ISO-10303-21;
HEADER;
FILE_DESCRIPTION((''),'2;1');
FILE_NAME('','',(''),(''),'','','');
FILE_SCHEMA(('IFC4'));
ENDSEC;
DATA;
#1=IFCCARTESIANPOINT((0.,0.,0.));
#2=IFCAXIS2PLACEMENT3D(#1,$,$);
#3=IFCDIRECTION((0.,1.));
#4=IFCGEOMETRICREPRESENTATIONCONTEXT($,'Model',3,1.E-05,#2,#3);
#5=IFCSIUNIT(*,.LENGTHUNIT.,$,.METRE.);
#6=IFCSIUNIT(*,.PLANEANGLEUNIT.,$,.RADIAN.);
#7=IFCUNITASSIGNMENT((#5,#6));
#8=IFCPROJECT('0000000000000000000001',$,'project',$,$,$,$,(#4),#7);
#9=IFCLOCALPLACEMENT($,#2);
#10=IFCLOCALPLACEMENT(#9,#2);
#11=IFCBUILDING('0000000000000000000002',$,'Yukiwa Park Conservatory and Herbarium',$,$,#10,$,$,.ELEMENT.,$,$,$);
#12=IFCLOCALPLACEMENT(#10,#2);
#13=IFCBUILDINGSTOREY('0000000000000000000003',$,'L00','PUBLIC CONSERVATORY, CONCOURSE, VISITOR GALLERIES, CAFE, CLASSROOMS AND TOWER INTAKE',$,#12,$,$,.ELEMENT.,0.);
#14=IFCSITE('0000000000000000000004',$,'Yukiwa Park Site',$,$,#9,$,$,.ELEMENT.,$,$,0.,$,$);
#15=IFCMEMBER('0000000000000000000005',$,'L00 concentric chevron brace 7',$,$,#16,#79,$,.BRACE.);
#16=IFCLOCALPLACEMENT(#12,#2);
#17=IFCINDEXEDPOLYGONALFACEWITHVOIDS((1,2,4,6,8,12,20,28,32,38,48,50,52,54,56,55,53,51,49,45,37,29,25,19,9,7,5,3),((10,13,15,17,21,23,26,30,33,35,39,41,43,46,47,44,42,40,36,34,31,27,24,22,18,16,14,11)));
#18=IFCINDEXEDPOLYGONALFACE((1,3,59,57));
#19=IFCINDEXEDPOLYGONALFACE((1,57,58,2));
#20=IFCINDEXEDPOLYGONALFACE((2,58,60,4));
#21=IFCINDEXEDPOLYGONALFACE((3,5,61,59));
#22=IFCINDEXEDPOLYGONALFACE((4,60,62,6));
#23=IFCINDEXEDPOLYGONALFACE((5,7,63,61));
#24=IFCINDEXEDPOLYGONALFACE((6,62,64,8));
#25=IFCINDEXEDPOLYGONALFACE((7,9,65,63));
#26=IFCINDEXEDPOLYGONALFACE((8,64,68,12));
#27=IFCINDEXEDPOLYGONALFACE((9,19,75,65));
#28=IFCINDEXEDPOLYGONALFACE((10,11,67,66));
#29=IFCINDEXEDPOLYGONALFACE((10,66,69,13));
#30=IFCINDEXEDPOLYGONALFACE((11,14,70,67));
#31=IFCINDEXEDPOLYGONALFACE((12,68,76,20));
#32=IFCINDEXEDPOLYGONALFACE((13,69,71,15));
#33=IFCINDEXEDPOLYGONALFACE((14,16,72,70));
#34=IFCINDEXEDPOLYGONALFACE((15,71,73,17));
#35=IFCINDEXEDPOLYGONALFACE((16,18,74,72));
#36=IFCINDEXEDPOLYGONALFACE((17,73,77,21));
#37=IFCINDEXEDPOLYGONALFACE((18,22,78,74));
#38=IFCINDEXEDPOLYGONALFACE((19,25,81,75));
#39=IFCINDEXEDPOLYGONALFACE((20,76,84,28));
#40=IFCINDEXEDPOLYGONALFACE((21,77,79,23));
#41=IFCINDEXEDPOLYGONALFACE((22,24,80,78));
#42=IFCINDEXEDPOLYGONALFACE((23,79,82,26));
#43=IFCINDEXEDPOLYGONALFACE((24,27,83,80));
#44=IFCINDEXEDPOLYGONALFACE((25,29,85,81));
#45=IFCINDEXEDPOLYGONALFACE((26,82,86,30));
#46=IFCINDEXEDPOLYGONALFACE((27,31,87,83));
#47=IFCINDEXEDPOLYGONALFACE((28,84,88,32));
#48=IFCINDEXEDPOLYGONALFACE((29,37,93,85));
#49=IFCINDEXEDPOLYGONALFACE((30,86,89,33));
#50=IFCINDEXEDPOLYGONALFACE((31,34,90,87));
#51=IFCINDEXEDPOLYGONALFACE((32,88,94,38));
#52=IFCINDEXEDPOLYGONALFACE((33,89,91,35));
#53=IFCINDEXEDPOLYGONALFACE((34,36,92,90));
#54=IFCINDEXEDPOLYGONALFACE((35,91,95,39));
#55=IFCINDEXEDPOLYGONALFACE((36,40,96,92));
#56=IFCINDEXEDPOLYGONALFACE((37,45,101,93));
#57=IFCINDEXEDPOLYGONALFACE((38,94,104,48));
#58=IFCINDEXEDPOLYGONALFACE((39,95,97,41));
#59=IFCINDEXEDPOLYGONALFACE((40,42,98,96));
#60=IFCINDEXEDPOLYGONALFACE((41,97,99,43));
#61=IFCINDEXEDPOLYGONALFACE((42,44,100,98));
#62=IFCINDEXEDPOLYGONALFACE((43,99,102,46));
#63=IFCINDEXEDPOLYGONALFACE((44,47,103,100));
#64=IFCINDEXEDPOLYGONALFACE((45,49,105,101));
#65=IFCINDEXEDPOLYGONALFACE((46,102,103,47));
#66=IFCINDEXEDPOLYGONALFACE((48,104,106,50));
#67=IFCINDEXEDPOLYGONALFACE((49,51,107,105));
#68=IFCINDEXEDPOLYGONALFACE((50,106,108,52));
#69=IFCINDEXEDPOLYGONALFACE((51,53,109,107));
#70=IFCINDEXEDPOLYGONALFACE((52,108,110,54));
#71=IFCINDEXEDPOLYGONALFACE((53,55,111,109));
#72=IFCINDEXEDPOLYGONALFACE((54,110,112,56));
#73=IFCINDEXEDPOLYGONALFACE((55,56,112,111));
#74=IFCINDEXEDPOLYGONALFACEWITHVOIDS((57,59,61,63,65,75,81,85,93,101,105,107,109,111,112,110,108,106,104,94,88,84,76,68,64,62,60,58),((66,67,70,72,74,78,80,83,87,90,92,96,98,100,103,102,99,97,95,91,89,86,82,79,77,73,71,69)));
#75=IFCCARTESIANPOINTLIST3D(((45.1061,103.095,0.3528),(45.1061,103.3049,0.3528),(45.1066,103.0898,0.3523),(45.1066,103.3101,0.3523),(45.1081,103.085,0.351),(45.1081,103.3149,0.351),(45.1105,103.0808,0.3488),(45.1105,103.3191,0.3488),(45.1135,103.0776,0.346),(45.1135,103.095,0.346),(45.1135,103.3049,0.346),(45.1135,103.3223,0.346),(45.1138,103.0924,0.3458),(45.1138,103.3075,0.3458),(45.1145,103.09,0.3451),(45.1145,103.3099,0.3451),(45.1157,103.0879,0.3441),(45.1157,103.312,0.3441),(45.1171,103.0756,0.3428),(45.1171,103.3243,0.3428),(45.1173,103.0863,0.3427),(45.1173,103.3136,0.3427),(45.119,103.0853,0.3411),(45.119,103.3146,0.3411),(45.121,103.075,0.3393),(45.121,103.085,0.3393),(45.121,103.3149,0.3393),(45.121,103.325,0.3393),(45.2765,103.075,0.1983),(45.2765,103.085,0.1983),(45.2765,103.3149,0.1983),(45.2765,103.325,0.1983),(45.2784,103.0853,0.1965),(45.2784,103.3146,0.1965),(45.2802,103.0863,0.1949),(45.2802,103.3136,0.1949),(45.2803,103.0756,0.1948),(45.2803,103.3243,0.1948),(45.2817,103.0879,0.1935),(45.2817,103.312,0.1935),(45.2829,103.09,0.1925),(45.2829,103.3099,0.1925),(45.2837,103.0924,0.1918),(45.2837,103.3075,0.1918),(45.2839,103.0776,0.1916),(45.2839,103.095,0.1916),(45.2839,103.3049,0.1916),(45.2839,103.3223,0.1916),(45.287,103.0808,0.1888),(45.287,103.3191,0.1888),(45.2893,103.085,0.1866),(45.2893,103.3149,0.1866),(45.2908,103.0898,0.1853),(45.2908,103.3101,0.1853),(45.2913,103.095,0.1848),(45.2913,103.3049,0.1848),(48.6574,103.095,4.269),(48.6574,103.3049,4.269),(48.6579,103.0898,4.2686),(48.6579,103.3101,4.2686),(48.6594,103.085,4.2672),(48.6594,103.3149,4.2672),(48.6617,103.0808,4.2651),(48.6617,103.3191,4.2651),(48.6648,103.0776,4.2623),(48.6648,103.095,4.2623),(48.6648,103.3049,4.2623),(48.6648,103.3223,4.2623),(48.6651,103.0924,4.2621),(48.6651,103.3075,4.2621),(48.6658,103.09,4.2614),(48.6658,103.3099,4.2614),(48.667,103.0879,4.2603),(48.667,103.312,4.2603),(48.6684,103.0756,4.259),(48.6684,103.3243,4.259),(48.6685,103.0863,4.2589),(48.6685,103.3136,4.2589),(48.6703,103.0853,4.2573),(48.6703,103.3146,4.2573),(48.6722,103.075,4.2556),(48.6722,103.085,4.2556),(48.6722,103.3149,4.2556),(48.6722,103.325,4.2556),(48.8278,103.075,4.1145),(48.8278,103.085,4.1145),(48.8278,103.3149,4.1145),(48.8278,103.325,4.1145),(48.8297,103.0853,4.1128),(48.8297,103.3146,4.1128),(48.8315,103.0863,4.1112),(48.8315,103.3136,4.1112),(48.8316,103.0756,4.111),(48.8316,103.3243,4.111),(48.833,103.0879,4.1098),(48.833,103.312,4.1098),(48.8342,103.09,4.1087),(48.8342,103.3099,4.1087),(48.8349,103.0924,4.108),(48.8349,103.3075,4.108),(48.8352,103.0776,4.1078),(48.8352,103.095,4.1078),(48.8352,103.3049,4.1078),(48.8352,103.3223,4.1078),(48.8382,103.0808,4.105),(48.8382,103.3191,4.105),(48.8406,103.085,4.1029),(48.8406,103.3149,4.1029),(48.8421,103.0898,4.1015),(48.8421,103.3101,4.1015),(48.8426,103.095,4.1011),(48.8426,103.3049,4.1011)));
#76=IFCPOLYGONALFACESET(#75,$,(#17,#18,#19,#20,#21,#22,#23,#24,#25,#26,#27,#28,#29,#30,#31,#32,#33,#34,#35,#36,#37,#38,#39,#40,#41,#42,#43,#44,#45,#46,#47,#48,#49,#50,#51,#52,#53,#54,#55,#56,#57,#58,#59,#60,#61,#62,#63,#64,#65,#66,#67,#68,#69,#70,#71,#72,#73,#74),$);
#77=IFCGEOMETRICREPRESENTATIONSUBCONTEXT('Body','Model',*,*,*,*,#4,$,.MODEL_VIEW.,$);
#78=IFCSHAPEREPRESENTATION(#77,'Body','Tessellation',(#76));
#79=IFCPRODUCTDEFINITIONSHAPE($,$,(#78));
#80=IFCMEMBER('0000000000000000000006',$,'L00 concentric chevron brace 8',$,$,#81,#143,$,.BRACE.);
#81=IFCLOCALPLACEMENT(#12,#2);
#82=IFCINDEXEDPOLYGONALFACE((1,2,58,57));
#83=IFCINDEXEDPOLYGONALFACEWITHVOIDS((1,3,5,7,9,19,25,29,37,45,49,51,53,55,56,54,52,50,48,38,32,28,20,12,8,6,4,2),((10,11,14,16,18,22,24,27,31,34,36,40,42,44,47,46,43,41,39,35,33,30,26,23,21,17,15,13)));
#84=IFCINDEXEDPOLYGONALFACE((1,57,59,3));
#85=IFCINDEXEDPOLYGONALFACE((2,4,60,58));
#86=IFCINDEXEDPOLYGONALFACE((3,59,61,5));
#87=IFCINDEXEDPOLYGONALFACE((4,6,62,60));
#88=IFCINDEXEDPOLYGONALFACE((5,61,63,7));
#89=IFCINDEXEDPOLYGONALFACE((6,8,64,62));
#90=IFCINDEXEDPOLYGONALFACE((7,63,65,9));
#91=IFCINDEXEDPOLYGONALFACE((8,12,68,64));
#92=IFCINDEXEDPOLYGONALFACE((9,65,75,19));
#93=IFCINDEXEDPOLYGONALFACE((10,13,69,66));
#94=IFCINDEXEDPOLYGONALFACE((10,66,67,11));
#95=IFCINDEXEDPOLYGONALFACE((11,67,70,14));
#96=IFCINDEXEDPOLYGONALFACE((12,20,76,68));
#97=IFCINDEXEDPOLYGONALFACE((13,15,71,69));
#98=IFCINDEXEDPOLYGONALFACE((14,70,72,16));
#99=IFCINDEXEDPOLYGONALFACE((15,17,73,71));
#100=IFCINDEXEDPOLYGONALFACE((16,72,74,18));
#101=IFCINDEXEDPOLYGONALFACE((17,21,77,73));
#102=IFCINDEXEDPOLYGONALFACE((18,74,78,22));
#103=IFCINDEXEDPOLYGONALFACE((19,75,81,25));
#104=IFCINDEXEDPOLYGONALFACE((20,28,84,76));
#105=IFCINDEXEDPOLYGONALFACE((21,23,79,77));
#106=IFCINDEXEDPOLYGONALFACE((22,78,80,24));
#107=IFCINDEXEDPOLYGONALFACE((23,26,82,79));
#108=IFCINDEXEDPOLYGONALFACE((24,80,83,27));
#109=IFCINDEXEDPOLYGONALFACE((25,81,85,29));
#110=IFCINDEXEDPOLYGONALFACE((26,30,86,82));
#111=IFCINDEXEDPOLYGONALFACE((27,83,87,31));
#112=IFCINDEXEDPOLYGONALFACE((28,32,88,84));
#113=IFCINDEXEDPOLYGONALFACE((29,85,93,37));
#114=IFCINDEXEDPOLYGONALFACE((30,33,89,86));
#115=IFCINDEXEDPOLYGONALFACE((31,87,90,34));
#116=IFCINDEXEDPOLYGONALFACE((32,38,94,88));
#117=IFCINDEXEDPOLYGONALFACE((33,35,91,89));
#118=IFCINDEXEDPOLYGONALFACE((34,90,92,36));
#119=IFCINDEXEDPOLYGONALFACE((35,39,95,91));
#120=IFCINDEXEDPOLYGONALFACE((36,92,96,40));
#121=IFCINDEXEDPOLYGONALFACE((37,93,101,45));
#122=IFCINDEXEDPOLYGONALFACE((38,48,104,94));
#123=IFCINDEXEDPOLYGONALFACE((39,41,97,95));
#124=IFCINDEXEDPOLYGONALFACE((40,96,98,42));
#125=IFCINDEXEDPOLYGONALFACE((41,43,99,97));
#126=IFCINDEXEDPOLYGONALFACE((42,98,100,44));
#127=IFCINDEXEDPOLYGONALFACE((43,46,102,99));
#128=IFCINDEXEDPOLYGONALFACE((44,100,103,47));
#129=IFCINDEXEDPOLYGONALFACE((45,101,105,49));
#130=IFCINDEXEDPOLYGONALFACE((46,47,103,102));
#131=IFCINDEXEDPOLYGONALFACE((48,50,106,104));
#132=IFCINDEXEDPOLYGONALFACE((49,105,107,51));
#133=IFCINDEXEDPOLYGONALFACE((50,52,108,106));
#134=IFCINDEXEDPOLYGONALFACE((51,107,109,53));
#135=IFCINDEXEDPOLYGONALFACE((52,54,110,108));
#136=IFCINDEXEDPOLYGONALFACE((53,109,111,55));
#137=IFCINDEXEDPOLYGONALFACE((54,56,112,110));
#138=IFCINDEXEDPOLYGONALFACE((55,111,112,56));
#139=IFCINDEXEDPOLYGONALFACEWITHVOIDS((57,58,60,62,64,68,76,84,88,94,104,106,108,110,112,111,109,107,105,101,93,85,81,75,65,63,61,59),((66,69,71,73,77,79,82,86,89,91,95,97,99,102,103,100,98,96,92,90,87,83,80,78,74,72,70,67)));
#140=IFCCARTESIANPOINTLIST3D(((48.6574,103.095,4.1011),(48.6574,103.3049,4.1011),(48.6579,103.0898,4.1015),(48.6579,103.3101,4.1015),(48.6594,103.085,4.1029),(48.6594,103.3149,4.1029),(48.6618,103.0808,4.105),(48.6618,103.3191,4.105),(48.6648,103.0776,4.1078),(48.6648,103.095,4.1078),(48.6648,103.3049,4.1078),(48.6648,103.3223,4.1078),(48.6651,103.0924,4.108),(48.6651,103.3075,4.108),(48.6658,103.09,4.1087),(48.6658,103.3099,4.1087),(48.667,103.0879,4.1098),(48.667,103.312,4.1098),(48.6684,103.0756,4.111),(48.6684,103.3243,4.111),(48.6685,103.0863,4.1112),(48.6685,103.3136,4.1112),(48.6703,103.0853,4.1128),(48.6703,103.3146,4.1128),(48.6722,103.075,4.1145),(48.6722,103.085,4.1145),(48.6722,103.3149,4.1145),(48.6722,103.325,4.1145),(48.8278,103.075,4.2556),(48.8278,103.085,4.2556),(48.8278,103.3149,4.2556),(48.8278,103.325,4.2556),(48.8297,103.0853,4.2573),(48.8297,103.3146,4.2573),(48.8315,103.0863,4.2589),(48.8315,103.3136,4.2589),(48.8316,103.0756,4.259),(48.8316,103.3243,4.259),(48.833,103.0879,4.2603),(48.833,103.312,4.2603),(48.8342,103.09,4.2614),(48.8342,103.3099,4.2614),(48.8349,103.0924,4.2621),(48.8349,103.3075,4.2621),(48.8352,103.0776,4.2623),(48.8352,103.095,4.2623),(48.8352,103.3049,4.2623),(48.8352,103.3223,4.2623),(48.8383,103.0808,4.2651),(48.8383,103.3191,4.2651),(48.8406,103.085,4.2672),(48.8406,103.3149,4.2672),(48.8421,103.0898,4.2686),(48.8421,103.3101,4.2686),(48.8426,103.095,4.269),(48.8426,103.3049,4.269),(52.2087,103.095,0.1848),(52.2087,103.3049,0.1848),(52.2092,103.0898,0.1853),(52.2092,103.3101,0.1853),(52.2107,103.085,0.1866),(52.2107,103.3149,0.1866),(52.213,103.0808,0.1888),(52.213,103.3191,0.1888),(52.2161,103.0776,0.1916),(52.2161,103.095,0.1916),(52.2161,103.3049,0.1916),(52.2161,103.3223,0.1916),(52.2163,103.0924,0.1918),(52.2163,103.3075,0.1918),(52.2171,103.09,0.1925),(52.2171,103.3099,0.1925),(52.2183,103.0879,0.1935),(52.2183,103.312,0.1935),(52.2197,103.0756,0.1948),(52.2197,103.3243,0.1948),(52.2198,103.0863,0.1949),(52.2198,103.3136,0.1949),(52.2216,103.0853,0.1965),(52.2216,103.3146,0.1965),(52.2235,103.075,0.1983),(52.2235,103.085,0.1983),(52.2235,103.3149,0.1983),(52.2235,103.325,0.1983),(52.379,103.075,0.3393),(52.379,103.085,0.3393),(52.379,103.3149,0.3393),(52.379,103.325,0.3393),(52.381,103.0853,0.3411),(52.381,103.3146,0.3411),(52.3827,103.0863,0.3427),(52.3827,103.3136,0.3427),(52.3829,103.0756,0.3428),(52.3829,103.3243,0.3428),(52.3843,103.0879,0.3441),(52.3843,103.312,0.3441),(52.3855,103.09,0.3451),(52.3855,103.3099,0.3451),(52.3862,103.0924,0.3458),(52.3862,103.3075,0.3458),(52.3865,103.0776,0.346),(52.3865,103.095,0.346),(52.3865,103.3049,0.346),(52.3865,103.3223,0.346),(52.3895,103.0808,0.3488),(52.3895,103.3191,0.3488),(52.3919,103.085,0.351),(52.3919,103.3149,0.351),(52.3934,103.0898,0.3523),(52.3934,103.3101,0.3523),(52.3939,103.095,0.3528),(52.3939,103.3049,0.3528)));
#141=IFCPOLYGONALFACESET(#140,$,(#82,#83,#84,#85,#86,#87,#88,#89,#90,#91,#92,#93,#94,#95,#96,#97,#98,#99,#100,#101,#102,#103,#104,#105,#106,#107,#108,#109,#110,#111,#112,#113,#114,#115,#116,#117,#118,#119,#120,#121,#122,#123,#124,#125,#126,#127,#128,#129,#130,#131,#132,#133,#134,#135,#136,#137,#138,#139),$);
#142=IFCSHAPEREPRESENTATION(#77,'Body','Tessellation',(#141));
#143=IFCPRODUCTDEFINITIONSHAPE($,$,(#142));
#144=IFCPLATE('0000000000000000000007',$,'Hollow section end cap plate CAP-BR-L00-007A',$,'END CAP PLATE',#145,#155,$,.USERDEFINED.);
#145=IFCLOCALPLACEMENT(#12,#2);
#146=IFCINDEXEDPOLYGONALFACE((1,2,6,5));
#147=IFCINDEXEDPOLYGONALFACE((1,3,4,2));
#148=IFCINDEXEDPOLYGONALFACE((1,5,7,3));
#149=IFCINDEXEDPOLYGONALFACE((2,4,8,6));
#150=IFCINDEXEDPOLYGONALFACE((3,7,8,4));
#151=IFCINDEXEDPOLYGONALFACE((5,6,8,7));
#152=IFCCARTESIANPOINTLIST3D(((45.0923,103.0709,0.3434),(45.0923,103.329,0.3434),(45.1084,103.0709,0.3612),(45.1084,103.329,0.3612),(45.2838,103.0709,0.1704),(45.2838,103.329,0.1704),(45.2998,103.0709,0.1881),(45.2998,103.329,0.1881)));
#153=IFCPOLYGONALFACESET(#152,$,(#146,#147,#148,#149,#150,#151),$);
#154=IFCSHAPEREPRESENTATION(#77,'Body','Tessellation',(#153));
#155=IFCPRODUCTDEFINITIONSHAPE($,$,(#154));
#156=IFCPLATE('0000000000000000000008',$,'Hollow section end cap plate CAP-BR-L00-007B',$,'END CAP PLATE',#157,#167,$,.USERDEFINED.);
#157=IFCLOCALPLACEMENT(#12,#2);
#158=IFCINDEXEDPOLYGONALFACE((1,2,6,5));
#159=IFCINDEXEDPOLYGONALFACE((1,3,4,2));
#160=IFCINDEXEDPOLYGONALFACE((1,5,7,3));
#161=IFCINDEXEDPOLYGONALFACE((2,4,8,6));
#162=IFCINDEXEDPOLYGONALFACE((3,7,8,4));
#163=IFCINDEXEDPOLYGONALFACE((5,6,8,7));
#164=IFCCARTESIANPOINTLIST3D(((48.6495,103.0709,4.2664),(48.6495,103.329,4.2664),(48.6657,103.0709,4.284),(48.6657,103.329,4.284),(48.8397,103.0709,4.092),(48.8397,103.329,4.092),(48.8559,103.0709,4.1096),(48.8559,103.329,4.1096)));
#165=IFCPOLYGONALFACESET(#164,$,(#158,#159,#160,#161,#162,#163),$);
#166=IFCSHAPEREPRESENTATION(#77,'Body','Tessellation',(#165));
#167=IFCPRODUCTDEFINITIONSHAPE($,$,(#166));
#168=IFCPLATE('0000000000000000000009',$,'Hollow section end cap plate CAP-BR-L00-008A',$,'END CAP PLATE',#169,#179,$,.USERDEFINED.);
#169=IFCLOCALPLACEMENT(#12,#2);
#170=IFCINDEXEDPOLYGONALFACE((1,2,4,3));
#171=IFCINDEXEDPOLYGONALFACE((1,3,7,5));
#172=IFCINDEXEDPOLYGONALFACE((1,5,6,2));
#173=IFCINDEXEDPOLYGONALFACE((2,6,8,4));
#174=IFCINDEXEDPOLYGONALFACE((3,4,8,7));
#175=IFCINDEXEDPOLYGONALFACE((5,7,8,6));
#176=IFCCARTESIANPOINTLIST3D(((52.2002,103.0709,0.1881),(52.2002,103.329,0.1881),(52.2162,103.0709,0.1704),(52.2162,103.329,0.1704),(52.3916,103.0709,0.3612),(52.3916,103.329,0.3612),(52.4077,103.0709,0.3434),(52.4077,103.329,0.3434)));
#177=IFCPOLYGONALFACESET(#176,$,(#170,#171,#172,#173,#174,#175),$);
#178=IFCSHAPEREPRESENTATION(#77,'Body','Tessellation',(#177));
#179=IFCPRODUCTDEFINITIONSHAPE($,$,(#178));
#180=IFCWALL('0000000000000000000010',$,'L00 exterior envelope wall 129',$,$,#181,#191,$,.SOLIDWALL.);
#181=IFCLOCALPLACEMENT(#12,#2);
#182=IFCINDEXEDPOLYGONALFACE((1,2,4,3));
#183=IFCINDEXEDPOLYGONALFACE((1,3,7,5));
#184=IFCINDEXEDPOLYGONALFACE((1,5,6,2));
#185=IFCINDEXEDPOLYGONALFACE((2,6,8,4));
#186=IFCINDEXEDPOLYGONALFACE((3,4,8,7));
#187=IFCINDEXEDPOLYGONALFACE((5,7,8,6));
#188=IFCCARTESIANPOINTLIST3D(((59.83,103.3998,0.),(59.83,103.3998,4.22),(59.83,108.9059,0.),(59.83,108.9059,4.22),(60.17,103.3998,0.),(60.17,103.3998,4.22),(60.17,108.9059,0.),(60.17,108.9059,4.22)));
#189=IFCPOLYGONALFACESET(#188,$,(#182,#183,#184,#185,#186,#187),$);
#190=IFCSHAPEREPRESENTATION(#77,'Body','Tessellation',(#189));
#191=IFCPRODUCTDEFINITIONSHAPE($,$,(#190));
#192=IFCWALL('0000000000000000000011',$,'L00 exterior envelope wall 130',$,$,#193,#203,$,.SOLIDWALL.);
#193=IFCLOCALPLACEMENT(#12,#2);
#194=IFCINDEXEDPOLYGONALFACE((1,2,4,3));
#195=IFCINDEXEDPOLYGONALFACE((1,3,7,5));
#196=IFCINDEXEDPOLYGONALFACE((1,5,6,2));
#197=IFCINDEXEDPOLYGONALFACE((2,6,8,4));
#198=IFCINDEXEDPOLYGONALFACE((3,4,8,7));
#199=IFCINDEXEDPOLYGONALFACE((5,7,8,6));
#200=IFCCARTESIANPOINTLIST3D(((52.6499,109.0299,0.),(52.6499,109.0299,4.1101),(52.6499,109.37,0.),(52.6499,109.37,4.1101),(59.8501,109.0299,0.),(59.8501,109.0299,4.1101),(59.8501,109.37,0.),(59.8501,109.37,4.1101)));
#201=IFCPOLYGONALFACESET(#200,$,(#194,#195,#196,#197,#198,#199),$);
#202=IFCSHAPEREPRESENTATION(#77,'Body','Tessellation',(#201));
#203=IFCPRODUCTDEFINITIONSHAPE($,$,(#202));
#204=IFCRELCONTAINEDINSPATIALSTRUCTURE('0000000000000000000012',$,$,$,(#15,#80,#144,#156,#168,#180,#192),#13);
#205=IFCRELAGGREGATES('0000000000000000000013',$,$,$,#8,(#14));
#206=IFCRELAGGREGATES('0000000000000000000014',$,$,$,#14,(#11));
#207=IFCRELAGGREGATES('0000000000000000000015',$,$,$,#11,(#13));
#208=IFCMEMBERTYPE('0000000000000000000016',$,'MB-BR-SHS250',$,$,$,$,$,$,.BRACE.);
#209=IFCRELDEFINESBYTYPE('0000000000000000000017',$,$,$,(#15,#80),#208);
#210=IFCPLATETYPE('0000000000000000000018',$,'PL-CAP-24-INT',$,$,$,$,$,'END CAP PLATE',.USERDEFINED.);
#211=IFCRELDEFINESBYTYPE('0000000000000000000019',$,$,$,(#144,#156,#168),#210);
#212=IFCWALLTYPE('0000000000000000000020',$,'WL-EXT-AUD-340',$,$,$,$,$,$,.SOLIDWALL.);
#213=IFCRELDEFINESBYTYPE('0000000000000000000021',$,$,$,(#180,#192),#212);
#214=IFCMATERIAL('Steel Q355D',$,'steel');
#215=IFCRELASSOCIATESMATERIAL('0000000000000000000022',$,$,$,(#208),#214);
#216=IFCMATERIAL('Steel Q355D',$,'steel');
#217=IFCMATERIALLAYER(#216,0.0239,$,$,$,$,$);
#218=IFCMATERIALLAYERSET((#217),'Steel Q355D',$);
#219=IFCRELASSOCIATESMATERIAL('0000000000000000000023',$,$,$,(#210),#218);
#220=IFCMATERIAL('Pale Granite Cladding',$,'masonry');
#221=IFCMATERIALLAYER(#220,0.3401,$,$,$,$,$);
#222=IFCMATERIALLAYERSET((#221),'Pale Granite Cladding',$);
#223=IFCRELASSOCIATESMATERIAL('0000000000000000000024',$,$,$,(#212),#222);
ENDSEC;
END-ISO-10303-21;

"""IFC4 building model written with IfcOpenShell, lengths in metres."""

from ifc_helpers import new_model, si_unit, direction, frame, frame_2d, origin, origin_2d, place, context, subcontext, project, spatial, rectangle, hollow_rectangle, extrude, material, layer, layer_set, material_profile, profile_set, type_object, element, save


model = new_model("IFC4")

# Units and contexts
model_context = context("Model", 3, precision=1e-05, world=origin(), true_north=direction((0.0, 1.0)))
body_context = subcontext(model_context, "Body", "Model", "MODEL_VIEW")
ifc_project = project(units=[si_unit("LENGTHUNIT", "METRE"), si_unit("PLANEANGLEUNIT", "RADIAN")], contexts=[model_context])

# Site, building, storey
site_placement = place(None, origin())
site = spatial("IfcSite", under=ifc_project, at=site_placement, Name="Yukiwa Park Site", CompositionType="ELEMENT", RefElevation=0.0)
building_placement = place(site_placement, origin())
building = spatial("IfcBuilding", under=site, at=building_placement, Name="Yukiwa Park Conservatory and Herbarium", CompositionType="ELEMENT")
storey_placement = place(building_placement, origin())
storey = spatial("IfcBuildingStorey", under=building, at=storey_placement, Name="L00", Description="PUBLIC CONSERVATORY, CONCOURSE, VISITOR GALLERIES, CAFE, CLASSROOMS AND TOWER INTAKE", CompositionType="ELEMENT", Elevation=0.0)

# Members
ifc_material_1 = material(Name="Steel Q355D", Category="steel")
ifc_material_profile_1 = material_profile(ifc_material_1, hollow_rectangle(XDim=0.25, YDim=0.25, WallThickness=0.01, InnerFilletRadius=0.01, OuterFilletRadius=0.02, at=origin_2d()), Name="SHS 250x250x10")
ifc_profile_set_1 = profile_set([ifc_material_profile_1], Name="Steel Q355D")
member_type = type_object("IfcMemberType", Name="MB-BR-SHS250", PredefinedType="BRACE", material=ifc_profile_set_1)
for number, where, z_axis, x_axis, name in (
    (1, (45.1987, 103.2, 0.2688), (0.671744, 0.0, 0.740784), (0.0, 1.0, 0.0), "L00 concentric chevron brace 7"),
    (2, (52.3013, 103.2, 0.2688), (-0.671744, 0.0, 0.740784), (0.0, -1.0, 0.0), "L00 concentric chevron brace 8"),
):
    element("IfcMember", number, at=place(storey_placement, frame(where, z_axis=z_axis, x_axis=x_axis)), inside=storey, type_object=member_type, Name=name, PredefinedType="BRACE", context=body_context, shape_type="SweptSolid", body=[
        extrude(hollow_rectangle(XDim=0.25, YDim=0.25, WallThickness=0.01, InnerFilletRadius=0.01, OuterFilletRadius=0.02, at=origin_2d()), origin(), (0.0, 0.0, 1.0), 5.2866),
    ])

# Plates
ifc_material_2 = material(Name="Steel Q355D", Category="steel")
ifc_layer_1 = layer(ifc_material_2, 0.0239)
ifc_layer_set_1 = layer_set([ifc_layer_1], Name="Steel Q355D")
plate_type = type_object("IfcPlateType", Name="PL-CAP-24-INT", ElementType="END CAP PLATE", PredefinedType="USERDEFINED", material=ifc_layer_set_1)
for number, where, z_axis, x_axis, name in (
    (3, (45.2041, 103.2, 0.2747), (-0.670647, 0.0, -0.741776), (0.0, -1.0, 0.0), "Hollow section end cap plate CAP-BR-L00-007A"),
    (4, (48.7446, 103.2, 4.1792), (0.675725, 0.0, 0.737154), (0.0, 1.0, 0.0), "Hollow section end cap plate CAP-BR-L00-007B"),
    (5, (52.2959, 103.2, 0.2747), (0.670647, 0.0, -0.741776), (0.0, 1.0, 0.0), "Hollow section end cap plate CAP-BR-L00-008A"),
):
    element("IfcPlate", number, at=place(storey_placement, frame(where, z_axis=z_axis, x_axis=x_axis)), inside=storey, type_object=plate_type, Name=name, ObjectType="END CAP PLATE", PredefinedType="USERDEFINED", context=body_context, shape_type="SweptSolid", body=[
        extrude(rectangle(XDim=0.2581, YDim=0.2581, at=origin_2d()), origin(), (0.0, 0.0, 1.0), 0.0239),
    ])

# Walls
ifc_material_3 = material(Name="Pale Granite Cladding", Category="masonry")
ifc_layer_2 = layer(ifc_material_3, 0.3401)
ifc_layer_set_2 = layer_set([ifc_layer_2], Name="Pale Granite Cladding")
wall_type = type_object("IfcWallType", Name="WL-EXT-AUD-340", PredefinedType="SOLIDWALL", material=ifc_layer_set_2)
wall_1_placement = place(storey_placement, frame((60.0, 103.3999, 0.0), z_axis=(0.0, 0.0, 1.0), x_axis=(0.0, 1.0, 0.0)))
element("IfcWall", 6, at=wall_1_placement, inside=storey, type_object=wall_type, Name="L00 exterior envelope wall 129", PredefinedType="SOLIDWALL", context=body_context, shape_type="SweptSolid", body=[
    extrude(rectangle(XDim=5.5061, YDim=0.3401, at=frame_2d((2.7529, 0.0))), origin(), (0.0, 0.0, 1.0), 4.22),
])
wall_2_placement = place(storey_placement, frame((59.8501, 109.2, 0.0), z_axis=(0.0, 0.0, 1.0), x_axis=(-1.0, 0.0, 0.0)))
element("IfcWall", 7, at=wall_2_placement, inside=storey, type_object=wall_type, Name="L00 exterior envelope wall 130", PredefinedType="SOLIDWALL", context=body_context, shape_type="SweptSolid", body=[
    extrude(rectangle(XDim=7.2002, YDim=0.3401, at=frame_2d((3.6001, 0.0))), origin(), (0.0, 0.0, 1.0), 4.1101),
])

save(model, "model.ifc")
